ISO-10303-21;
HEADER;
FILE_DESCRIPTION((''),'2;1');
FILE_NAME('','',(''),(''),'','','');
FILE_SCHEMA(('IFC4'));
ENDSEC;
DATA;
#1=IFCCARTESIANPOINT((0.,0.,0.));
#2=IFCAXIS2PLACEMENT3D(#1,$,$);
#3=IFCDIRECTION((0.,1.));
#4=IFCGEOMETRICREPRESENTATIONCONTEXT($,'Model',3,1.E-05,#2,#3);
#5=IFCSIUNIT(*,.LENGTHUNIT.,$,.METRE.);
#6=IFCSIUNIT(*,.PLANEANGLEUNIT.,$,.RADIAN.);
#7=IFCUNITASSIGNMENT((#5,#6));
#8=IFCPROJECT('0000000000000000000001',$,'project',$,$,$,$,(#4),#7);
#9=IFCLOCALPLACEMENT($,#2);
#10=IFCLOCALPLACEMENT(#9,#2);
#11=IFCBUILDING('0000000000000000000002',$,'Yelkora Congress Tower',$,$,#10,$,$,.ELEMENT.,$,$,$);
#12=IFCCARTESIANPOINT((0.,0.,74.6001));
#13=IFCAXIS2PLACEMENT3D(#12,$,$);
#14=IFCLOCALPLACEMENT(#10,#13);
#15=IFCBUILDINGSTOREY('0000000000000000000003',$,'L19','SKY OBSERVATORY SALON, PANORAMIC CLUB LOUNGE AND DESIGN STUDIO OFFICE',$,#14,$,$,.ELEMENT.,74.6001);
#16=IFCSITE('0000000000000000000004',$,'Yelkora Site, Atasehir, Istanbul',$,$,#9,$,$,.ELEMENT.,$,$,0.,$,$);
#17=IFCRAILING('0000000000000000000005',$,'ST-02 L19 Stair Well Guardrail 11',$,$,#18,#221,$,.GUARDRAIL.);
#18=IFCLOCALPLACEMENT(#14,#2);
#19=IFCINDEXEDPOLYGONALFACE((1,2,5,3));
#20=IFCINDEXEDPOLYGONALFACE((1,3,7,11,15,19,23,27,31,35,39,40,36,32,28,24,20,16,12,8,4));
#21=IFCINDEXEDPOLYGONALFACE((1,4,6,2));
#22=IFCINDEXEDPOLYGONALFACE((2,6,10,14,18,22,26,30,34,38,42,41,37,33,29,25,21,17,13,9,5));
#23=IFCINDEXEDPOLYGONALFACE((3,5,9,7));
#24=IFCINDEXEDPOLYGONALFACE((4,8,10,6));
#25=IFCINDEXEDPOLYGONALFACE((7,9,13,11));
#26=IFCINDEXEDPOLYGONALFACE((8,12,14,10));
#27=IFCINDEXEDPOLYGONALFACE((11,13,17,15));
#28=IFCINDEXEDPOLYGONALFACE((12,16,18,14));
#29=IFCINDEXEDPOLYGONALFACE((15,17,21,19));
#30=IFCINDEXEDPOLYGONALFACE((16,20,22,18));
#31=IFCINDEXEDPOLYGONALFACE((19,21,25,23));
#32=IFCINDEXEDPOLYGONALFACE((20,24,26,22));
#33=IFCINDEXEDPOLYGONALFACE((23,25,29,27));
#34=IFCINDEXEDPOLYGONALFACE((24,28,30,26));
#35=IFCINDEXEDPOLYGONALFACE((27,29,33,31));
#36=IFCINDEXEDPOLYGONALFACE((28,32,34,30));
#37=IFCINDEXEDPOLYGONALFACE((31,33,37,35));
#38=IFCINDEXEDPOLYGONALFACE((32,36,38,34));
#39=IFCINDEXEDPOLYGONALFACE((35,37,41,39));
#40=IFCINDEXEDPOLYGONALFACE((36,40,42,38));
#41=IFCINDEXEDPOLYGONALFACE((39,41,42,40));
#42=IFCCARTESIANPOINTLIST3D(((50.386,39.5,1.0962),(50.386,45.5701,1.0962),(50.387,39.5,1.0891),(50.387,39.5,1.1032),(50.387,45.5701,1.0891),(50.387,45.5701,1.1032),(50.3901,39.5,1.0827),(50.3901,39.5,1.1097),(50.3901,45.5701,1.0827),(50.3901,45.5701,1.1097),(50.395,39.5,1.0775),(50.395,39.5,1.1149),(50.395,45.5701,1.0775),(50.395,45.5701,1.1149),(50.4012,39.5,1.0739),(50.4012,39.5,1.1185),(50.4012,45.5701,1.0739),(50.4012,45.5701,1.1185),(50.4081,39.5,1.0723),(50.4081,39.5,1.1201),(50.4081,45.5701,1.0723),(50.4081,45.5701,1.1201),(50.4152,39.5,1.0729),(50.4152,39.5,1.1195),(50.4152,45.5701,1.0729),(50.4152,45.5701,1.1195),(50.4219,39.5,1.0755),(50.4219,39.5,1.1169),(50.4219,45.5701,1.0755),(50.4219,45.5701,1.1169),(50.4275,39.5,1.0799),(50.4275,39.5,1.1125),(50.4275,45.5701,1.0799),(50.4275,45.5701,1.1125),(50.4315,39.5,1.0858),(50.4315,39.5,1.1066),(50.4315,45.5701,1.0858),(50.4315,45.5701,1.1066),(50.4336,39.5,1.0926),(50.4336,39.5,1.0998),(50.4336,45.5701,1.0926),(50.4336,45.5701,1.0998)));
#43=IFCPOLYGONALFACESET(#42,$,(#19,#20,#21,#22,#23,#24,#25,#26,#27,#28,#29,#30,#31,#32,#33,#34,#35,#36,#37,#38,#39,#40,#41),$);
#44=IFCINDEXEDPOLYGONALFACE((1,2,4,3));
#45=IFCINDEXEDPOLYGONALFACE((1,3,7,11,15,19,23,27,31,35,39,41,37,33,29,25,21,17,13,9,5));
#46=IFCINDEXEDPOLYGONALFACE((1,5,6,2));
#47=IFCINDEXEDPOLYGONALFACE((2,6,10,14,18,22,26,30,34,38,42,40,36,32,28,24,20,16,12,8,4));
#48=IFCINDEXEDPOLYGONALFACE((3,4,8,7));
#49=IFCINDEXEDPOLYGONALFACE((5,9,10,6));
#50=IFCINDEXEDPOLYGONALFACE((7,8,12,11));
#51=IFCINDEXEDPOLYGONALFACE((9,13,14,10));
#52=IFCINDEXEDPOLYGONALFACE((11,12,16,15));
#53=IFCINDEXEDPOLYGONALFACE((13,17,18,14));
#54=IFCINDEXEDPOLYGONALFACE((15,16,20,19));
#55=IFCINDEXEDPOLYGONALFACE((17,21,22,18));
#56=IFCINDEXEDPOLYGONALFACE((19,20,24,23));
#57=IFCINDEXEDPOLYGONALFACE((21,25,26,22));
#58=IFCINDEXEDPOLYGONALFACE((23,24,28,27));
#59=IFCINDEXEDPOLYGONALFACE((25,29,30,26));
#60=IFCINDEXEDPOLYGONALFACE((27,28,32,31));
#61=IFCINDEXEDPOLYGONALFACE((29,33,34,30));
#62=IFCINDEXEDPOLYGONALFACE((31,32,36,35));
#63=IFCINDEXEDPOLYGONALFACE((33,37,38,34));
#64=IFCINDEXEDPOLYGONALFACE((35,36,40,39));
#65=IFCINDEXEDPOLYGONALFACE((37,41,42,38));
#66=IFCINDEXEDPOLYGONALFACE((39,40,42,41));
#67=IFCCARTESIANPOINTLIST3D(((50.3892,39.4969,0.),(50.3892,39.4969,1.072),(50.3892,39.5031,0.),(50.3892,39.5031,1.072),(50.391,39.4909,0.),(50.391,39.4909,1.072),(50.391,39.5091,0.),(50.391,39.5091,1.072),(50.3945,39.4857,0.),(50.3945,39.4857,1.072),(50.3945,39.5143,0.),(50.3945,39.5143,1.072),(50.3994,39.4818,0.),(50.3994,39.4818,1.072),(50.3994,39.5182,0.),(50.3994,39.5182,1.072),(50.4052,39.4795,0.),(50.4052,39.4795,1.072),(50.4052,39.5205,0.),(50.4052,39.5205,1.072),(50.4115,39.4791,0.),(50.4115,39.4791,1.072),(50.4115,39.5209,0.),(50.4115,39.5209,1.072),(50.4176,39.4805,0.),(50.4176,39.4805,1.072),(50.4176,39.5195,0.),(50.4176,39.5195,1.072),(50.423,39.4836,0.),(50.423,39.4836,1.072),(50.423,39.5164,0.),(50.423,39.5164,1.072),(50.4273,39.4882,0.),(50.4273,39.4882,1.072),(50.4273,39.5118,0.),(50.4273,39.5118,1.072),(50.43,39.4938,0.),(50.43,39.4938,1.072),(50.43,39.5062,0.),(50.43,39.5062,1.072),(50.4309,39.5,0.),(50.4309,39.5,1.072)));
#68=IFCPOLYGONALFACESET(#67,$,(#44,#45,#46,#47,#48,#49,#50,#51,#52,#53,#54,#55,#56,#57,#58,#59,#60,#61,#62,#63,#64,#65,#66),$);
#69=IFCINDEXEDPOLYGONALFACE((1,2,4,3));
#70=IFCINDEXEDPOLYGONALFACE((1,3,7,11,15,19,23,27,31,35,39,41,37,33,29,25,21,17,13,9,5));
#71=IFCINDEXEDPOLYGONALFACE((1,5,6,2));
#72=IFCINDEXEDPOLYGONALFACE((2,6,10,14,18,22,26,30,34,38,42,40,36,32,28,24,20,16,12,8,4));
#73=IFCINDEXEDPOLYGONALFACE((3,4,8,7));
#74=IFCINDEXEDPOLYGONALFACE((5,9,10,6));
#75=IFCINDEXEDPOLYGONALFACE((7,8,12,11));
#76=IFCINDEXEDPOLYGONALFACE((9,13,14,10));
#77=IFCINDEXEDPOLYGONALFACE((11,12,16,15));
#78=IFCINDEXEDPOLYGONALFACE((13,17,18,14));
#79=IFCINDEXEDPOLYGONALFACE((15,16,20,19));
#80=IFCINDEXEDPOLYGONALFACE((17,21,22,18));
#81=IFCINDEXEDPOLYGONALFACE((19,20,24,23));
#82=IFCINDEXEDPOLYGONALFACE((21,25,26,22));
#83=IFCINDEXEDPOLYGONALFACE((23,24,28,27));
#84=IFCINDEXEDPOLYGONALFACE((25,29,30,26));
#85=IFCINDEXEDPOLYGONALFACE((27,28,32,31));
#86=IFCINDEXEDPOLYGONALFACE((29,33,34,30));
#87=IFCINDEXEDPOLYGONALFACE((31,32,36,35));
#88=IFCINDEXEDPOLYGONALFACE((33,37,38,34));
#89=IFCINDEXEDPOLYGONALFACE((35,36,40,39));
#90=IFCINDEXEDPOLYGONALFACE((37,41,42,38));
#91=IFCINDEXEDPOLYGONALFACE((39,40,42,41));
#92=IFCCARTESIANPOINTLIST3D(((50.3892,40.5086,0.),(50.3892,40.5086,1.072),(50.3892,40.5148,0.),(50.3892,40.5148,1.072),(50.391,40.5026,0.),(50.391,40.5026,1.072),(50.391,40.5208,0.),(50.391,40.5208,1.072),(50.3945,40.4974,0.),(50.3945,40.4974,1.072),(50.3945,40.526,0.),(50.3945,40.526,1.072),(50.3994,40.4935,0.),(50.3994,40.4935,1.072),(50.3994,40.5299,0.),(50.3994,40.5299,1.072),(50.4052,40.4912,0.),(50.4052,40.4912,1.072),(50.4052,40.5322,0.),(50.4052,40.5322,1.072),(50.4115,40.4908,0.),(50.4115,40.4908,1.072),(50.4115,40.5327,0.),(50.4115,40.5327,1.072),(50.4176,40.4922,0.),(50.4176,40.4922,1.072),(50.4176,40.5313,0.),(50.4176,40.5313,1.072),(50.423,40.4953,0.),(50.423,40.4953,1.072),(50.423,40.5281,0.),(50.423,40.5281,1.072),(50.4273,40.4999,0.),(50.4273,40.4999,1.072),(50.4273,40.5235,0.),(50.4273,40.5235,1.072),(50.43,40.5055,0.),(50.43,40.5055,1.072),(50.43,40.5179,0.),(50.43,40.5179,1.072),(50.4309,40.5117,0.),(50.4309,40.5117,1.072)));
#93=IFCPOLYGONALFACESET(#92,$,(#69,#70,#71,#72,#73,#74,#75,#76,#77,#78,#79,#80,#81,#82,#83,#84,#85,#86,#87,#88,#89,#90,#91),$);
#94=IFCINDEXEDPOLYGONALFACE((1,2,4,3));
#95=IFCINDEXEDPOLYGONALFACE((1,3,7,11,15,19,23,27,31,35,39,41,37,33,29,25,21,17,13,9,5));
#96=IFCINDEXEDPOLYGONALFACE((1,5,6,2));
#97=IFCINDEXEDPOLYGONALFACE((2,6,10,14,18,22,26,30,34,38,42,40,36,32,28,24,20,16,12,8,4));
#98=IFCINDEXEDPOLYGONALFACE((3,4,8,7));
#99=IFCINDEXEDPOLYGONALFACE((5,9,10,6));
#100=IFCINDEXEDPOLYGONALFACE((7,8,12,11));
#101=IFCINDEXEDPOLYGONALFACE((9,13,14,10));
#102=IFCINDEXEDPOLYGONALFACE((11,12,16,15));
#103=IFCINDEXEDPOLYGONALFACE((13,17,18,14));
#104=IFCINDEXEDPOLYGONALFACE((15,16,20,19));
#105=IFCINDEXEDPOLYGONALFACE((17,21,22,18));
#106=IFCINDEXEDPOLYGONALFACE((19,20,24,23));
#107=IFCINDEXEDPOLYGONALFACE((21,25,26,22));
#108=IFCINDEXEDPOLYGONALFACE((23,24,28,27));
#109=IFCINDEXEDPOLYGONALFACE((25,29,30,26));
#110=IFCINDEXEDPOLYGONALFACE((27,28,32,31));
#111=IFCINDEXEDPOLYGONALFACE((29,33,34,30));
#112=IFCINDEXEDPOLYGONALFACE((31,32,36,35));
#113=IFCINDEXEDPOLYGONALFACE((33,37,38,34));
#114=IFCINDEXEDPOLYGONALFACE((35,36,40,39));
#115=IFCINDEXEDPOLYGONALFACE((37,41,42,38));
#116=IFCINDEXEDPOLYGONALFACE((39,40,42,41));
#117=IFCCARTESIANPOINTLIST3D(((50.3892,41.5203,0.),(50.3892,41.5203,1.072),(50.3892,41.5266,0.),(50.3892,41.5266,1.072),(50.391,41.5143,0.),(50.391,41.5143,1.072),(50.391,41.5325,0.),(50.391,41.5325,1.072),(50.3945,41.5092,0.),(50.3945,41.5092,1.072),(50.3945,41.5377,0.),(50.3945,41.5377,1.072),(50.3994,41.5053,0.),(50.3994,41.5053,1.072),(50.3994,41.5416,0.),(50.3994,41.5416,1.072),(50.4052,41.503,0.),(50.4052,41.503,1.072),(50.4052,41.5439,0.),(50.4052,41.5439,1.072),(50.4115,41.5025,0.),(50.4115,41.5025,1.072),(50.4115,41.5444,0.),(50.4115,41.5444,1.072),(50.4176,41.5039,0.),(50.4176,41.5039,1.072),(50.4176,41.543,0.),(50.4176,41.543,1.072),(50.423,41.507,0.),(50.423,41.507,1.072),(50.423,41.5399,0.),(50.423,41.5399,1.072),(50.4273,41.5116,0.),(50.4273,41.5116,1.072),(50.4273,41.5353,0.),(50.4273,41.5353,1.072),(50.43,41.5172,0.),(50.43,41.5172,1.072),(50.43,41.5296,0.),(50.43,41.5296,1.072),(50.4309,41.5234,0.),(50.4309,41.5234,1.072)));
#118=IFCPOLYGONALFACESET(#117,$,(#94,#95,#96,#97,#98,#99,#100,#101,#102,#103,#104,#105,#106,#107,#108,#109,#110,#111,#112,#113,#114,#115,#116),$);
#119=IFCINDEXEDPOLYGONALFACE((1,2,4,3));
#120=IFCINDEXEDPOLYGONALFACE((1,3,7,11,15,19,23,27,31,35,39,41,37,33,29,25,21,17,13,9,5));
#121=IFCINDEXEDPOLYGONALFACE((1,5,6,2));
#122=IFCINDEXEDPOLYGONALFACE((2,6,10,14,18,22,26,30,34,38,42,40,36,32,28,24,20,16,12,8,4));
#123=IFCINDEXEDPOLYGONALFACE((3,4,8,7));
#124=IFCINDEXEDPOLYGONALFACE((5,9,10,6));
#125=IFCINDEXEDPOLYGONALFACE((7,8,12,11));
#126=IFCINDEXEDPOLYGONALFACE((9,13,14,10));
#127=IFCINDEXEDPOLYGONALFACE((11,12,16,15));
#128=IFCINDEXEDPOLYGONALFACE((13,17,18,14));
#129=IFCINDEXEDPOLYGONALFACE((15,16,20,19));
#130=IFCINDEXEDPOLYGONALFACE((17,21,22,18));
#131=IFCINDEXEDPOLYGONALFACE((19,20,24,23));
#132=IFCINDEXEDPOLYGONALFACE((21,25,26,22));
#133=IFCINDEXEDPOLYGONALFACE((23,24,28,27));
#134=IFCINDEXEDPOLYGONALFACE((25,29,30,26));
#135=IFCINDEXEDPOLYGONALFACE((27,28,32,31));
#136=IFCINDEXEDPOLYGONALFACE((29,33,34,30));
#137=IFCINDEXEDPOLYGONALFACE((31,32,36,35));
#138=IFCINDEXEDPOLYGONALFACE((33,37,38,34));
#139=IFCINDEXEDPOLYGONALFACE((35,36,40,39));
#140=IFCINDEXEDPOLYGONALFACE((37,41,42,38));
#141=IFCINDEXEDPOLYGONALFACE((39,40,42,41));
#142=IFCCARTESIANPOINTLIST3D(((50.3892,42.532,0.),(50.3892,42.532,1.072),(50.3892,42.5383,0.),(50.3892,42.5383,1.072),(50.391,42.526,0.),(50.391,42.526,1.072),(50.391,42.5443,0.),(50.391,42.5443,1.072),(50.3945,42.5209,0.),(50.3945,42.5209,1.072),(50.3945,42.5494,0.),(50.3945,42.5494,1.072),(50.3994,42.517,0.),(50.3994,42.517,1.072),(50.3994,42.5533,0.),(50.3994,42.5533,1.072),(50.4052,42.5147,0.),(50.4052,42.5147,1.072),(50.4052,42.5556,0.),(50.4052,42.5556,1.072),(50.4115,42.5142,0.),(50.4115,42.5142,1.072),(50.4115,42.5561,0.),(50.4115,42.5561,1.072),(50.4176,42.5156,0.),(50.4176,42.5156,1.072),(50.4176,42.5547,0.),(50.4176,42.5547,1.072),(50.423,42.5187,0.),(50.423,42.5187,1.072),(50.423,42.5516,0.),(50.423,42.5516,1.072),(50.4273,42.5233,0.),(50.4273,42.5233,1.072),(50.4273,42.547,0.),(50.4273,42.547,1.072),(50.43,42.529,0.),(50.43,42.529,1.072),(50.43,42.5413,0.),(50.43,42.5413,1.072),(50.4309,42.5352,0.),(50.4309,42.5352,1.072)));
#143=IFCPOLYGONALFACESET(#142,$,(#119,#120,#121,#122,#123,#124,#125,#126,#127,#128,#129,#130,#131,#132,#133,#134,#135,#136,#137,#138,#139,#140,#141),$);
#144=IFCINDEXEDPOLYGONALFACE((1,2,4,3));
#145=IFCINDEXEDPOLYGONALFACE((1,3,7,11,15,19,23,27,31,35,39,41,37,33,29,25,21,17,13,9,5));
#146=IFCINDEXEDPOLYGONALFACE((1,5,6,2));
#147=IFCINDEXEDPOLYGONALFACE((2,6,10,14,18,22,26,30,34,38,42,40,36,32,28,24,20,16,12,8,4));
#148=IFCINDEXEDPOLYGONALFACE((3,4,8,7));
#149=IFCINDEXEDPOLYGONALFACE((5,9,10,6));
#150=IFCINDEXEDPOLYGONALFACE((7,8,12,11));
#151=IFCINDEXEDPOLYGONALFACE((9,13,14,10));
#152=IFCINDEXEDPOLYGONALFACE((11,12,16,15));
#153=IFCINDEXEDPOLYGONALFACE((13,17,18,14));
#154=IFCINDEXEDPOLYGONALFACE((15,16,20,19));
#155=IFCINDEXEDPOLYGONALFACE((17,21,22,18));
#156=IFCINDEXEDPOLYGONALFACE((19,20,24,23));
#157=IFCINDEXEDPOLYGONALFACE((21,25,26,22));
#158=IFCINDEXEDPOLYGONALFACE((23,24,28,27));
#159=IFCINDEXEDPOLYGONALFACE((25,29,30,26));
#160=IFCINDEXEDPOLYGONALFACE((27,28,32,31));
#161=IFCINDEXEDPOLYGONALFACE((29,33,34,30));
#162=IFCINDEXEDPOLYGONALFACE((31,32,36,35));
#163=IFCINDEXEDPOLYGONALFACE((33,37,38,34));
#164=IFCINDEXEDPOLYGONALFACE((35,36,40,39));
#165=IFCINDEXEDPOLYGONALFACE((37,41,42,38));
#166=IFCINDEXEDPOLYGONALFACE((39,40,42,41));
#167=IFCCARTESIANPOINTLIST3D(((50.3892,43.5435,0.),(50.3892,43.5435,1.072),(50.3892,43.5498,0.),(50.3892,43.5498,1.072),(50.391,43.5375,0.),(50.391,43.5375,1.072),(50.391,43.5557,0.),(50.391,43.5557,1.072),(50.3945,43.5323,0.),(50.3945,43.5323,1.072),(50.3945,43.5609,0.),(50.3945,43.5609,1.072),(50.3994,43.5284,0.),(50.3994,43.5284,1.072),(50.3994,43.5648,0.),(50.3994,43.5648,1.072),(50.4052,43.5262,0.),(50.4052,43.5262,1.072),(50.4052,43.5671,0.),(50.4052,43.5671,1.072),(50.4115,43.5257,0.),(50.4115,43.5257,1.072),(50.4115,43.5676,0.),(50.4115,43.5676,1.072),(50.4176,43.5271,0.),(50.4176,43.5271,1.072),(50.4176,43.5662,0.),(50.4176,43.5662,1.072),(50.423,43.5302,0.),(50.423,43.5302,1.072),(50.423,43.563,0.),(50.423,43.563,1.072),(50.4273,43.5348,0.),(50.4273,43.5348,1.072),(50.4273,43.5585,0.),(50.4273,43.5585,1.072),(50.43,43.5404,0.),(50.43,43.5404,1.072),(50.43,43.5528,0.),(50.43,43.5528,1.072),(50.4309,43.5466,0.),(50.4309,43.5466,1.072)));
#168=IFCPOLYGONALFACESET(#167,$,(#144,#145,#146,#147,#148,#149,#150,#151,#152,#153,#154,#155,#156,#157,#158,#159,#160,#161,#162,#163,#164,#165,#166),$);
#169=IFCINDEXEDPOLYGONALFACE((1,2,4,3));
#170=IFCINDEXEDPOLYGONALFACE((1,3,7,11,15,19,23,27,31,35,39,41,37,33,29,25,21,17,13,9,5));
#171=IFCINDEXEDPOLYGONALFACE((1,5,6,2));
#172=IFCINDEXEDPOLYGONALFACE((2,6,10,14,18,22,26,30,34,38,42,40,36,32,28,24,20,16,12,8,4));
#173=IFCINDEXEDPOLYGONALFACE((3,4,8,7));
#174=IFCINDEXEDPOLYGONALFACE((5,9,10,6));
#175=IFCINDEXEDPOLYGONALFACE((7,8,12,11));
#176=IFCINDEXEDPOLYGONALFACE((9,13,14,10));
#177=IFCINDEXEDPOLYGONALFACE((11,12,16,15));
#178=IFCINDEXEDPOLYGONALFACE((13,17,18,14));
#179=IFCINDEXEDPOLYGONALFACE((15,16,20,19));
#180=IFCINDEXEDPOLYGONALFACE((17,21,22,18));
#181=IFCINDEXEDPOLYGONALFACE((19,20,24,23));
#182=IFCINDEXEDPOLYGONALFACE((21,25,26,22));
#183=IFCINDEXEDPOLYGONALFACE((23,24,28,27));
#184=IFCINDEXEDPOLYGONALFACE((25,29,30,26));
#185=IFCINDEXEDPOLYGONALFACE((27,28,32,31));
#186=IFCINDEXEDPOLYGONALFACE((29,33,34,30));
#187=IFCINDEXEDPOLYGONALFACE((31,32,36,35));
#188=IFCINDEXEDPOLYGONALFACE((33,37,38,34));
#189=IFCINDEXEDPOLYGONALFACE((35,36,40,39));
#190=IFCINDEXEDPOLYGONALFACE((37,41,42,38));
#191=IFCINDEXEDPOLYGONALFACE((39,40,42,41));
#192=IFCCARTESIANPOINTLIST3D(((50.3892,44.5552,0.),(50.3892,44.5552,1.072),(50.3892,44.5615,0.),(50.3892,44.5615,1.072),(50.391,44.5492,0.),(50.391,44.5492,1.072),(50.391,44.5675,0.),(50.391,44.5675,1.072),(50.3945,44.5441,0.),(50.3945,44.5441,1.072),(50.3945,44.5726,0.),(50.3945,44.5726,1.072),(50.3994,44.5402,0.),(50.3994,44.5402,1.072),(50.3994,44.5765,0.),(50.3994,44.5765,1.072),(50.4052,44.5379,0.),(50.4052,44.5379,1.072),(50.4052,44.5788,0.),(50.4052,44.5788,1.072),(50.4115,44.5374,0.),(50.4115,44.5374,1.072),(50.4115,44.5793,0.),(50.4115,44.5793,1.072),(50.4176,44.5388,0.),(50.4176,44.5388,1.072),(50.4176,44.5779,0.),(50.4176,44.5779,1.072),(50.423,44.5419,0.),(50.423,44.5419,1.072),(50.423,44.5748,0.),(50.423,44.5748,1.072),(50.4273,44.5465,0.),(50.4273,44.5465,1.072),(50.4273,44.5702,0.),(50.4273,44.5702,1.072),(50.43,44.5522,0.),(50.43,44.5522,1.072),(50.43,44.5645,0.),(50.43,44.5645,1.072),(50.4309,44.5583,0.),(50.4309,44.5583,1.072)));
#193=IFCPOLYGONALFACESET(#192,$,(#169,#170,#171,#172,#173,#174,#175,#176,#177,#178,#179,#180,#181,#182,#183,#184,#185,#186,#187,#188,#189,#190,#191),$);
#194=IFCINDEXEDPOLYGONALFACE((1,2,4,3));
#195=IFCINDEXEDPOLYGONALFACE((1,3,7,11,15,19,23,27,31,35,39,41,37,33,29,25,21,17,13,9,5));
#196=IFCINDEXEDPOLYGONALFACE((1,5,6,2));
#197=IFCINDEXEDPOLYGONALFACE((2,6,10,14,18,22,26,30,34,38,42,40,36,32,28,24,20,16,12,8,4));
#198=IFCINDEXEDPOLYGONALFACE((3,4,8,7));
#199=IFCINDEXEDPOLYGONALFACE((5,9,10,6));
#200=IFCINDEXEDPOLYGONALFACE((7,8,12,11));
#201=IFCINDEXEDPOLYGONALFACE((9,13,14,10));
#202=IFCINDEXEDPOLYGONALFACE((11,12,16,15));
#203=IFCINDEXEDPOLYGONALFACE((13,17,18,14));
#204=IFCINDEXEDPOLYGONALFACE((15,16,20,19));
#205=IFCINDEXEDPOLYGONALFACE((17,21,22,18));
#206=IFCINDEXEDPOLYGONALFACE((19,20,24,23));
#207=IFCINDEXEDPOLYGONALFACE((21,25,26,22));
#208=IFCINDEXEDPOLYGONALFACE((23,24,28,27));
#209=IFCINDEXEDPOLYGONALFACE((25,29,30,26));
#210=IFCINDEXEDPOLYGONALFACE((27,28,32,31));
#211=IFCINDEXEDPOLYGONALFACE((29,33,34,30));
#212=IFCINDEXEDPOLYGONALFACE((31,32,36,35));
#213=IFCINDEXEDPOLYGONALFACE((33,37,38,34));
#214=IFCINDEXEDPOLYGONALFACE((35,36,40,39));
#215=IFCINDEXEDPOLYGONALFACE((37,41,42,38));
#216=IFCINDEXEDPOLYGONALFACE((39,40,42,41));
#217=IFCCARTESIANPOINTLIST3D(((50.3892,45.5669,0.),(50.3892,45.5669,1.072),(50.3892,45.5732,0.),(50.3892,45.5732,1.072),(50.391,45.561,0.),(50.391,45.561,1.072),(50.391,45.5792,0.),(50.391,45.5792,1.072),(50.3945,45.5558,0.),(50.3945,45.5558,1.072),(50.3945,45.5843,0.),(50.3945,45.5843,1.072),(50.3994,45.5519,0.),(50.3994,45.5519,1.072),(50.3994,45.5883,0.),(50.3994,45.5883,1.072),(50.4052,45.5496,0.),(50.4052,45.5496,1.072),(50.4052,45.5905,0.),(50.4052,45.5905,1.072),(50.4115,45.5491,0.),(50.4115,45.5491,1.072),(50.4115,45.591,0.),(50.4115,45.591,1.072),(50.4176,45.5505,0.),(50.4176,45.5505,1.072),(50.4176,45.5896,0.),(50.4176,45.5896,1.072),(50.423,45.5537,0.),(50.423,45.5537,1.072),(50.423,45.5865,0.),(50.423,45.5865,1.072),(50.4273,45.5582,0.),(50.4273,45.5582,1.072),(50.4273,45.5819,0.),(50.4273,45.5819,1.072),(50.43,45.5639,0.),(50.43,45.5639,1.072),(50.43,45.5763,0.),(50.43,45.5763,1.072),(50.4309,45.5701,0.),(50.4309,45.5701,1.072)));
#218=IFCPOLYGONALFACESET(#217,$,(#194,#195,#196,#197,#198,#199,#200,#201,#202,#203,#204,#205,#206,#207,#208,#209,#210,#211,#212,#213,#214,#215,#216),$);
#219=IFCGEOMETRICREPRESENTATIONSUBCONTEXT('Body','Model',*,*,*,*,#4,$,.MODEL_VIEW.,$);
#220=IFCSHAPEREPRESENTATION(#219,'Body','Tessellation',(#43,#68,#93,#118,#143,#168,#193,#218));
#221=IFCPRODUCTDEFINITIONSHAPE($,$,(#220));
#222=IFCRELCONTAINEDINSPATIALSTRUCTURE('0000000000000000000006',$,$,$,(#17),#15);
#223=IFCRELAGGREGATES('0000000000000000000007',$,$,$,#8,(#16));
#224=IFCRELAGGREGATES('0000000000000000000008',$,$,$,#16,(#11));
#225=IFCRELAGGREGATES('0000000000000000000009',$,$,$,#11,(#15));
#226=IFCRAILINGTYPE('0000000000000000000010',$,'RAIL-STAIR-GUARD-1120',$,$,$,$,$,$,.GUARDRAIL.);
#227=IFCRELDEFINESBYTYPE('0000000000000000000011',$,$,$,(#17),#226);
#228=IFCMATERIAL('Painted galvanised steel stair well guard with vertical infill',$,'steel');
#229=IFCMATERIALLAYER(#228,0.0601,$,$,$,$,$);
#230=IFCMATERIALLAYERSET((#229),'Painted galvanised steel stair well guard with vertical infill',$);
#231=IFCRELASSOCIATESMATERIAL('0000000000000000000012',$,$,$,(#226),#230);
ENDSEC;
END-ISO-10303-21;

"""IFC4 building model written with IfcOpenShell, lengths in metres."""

from ifc_helpers import new_model, si_unit, direction, frame, origin, origin_2d, place, context, subcontext, project, spatial, circle, extrude, material, layer, layer_set, type_object, element, save


model = new_model("IFC4")

# Units and contexts
model_context = context("Model", 3, precision=1e-05, world=origin(), true_north=direction((0.0, 1.0)))
body_context = subcontext(model_context, "Body", "Model", "MODEL_VIEW")
ifc_project = project(units=[si_unit("LENGTHUNIT", "METRE"), si_unit("PLANEANGLEUNIT", "RADIAN")], contexts=[model_context])

# Site, building, storey
site_placement = place(None, origin())
site = spatial("IfcSite", under=ifc_project, at=site_placement, Name="Yelkora Site, Atasehir, Istanbul", CompositionType="ELEMENT", RefElevation=0.0)
building_placement = place(site_placement, origin())
building = spatial("IfcBuilding", under=site, at=building_placement, Name="Yelkora Congress Tower", CompositionType="ELEMENT")
storey_placement = place(building_placement, frame((0.0, 0.0, 74.6001)))
storey = spatial("IfcBuildingStorey", under=building, at=storey_placement, Name="L19", Description="SKY OBSERVATORY SALON, PANORAMIC CLUB LOUNGE AND DESIGN STUDIO OFFICE", CompositionType="ELEMENT", Elevation=74.6001)

# Railing
ifc_material_1 = material(Name="Painted galvanised steel stair well guard with vertical infill", Category="steel")
ifc_layer_1 = layer(ifc_material_1, 0.0601)
ifc_layer_set_1 = layer_set([ifc_layer_1], Name="Painted galvanised steel stair well guard with vertical infill")
railing_type_1 = type_object("IfcRailingType", Name="RAIL-STAIR-GUARD-1120", PredefinedType="GUARDRAIL", material=ifc_layer_set_1)
railing_1_placement = place(storey_placement, frame((50.4099, 39.5, 0.0)))
element("IfcRailing", 1, at=railing_1_placement, inside=storey, type_object=railing_type_1, Name="ST-02 L19 Stair Well Guardrail 11", PredefinedType="GUARDRAIL", context=body_context, shape_type="SweptSolid", body=[
    extrude(circle(Radius=0.0239, at=origin_2d()), frame((0.0, 0.0, 1.0962), z_axis=(0.0, 1.0, 0.0), x_axis=(-1.0, 0.0, 0.0)), (0.0, 0.0, 1.0), 6.0701),
    extrude(circle(Radius=0.021, at=origin_2d()), origin(), (0.0, 0.0, 1.0), 1.072),
    extrude(circle(Radius=0.021, at=origin_2d()), frame((0.0, 1.0117, 0.0)), (0.0, 0.0, 1.0), 1.072),
    extrude(circle(Radius=0.021, at=origin_2d()), frame((0.0, 2.0234, 0.0)), (0.0, 0.0, 1.0), 1.072),
    extrude(circle(Radius=0.021, at=origin_2d()), frame((0.0, 3.0352, 0.0)), (0.0, 0.0, 1.0), 1.072),
    extrude(circle(Radius=0.021, at=origin_2d()), frame((0.0, 4.0466, 0.0)), (0.0, 0.0, 1.0), 1.072),
    extrude(circle(Radius=0.021, at=origin_2d()), frame((0.0, 5.0583, 0.0)), (0.0, 0.0, 1.0), 1.072),
    extrude(circle(Radius=0.021, at=origin_2d()), frame((0.0, 6.0701, 0.0)), (0.0, 0.0, 1.0), 1.072),
])

save(model, "model.ifc")
